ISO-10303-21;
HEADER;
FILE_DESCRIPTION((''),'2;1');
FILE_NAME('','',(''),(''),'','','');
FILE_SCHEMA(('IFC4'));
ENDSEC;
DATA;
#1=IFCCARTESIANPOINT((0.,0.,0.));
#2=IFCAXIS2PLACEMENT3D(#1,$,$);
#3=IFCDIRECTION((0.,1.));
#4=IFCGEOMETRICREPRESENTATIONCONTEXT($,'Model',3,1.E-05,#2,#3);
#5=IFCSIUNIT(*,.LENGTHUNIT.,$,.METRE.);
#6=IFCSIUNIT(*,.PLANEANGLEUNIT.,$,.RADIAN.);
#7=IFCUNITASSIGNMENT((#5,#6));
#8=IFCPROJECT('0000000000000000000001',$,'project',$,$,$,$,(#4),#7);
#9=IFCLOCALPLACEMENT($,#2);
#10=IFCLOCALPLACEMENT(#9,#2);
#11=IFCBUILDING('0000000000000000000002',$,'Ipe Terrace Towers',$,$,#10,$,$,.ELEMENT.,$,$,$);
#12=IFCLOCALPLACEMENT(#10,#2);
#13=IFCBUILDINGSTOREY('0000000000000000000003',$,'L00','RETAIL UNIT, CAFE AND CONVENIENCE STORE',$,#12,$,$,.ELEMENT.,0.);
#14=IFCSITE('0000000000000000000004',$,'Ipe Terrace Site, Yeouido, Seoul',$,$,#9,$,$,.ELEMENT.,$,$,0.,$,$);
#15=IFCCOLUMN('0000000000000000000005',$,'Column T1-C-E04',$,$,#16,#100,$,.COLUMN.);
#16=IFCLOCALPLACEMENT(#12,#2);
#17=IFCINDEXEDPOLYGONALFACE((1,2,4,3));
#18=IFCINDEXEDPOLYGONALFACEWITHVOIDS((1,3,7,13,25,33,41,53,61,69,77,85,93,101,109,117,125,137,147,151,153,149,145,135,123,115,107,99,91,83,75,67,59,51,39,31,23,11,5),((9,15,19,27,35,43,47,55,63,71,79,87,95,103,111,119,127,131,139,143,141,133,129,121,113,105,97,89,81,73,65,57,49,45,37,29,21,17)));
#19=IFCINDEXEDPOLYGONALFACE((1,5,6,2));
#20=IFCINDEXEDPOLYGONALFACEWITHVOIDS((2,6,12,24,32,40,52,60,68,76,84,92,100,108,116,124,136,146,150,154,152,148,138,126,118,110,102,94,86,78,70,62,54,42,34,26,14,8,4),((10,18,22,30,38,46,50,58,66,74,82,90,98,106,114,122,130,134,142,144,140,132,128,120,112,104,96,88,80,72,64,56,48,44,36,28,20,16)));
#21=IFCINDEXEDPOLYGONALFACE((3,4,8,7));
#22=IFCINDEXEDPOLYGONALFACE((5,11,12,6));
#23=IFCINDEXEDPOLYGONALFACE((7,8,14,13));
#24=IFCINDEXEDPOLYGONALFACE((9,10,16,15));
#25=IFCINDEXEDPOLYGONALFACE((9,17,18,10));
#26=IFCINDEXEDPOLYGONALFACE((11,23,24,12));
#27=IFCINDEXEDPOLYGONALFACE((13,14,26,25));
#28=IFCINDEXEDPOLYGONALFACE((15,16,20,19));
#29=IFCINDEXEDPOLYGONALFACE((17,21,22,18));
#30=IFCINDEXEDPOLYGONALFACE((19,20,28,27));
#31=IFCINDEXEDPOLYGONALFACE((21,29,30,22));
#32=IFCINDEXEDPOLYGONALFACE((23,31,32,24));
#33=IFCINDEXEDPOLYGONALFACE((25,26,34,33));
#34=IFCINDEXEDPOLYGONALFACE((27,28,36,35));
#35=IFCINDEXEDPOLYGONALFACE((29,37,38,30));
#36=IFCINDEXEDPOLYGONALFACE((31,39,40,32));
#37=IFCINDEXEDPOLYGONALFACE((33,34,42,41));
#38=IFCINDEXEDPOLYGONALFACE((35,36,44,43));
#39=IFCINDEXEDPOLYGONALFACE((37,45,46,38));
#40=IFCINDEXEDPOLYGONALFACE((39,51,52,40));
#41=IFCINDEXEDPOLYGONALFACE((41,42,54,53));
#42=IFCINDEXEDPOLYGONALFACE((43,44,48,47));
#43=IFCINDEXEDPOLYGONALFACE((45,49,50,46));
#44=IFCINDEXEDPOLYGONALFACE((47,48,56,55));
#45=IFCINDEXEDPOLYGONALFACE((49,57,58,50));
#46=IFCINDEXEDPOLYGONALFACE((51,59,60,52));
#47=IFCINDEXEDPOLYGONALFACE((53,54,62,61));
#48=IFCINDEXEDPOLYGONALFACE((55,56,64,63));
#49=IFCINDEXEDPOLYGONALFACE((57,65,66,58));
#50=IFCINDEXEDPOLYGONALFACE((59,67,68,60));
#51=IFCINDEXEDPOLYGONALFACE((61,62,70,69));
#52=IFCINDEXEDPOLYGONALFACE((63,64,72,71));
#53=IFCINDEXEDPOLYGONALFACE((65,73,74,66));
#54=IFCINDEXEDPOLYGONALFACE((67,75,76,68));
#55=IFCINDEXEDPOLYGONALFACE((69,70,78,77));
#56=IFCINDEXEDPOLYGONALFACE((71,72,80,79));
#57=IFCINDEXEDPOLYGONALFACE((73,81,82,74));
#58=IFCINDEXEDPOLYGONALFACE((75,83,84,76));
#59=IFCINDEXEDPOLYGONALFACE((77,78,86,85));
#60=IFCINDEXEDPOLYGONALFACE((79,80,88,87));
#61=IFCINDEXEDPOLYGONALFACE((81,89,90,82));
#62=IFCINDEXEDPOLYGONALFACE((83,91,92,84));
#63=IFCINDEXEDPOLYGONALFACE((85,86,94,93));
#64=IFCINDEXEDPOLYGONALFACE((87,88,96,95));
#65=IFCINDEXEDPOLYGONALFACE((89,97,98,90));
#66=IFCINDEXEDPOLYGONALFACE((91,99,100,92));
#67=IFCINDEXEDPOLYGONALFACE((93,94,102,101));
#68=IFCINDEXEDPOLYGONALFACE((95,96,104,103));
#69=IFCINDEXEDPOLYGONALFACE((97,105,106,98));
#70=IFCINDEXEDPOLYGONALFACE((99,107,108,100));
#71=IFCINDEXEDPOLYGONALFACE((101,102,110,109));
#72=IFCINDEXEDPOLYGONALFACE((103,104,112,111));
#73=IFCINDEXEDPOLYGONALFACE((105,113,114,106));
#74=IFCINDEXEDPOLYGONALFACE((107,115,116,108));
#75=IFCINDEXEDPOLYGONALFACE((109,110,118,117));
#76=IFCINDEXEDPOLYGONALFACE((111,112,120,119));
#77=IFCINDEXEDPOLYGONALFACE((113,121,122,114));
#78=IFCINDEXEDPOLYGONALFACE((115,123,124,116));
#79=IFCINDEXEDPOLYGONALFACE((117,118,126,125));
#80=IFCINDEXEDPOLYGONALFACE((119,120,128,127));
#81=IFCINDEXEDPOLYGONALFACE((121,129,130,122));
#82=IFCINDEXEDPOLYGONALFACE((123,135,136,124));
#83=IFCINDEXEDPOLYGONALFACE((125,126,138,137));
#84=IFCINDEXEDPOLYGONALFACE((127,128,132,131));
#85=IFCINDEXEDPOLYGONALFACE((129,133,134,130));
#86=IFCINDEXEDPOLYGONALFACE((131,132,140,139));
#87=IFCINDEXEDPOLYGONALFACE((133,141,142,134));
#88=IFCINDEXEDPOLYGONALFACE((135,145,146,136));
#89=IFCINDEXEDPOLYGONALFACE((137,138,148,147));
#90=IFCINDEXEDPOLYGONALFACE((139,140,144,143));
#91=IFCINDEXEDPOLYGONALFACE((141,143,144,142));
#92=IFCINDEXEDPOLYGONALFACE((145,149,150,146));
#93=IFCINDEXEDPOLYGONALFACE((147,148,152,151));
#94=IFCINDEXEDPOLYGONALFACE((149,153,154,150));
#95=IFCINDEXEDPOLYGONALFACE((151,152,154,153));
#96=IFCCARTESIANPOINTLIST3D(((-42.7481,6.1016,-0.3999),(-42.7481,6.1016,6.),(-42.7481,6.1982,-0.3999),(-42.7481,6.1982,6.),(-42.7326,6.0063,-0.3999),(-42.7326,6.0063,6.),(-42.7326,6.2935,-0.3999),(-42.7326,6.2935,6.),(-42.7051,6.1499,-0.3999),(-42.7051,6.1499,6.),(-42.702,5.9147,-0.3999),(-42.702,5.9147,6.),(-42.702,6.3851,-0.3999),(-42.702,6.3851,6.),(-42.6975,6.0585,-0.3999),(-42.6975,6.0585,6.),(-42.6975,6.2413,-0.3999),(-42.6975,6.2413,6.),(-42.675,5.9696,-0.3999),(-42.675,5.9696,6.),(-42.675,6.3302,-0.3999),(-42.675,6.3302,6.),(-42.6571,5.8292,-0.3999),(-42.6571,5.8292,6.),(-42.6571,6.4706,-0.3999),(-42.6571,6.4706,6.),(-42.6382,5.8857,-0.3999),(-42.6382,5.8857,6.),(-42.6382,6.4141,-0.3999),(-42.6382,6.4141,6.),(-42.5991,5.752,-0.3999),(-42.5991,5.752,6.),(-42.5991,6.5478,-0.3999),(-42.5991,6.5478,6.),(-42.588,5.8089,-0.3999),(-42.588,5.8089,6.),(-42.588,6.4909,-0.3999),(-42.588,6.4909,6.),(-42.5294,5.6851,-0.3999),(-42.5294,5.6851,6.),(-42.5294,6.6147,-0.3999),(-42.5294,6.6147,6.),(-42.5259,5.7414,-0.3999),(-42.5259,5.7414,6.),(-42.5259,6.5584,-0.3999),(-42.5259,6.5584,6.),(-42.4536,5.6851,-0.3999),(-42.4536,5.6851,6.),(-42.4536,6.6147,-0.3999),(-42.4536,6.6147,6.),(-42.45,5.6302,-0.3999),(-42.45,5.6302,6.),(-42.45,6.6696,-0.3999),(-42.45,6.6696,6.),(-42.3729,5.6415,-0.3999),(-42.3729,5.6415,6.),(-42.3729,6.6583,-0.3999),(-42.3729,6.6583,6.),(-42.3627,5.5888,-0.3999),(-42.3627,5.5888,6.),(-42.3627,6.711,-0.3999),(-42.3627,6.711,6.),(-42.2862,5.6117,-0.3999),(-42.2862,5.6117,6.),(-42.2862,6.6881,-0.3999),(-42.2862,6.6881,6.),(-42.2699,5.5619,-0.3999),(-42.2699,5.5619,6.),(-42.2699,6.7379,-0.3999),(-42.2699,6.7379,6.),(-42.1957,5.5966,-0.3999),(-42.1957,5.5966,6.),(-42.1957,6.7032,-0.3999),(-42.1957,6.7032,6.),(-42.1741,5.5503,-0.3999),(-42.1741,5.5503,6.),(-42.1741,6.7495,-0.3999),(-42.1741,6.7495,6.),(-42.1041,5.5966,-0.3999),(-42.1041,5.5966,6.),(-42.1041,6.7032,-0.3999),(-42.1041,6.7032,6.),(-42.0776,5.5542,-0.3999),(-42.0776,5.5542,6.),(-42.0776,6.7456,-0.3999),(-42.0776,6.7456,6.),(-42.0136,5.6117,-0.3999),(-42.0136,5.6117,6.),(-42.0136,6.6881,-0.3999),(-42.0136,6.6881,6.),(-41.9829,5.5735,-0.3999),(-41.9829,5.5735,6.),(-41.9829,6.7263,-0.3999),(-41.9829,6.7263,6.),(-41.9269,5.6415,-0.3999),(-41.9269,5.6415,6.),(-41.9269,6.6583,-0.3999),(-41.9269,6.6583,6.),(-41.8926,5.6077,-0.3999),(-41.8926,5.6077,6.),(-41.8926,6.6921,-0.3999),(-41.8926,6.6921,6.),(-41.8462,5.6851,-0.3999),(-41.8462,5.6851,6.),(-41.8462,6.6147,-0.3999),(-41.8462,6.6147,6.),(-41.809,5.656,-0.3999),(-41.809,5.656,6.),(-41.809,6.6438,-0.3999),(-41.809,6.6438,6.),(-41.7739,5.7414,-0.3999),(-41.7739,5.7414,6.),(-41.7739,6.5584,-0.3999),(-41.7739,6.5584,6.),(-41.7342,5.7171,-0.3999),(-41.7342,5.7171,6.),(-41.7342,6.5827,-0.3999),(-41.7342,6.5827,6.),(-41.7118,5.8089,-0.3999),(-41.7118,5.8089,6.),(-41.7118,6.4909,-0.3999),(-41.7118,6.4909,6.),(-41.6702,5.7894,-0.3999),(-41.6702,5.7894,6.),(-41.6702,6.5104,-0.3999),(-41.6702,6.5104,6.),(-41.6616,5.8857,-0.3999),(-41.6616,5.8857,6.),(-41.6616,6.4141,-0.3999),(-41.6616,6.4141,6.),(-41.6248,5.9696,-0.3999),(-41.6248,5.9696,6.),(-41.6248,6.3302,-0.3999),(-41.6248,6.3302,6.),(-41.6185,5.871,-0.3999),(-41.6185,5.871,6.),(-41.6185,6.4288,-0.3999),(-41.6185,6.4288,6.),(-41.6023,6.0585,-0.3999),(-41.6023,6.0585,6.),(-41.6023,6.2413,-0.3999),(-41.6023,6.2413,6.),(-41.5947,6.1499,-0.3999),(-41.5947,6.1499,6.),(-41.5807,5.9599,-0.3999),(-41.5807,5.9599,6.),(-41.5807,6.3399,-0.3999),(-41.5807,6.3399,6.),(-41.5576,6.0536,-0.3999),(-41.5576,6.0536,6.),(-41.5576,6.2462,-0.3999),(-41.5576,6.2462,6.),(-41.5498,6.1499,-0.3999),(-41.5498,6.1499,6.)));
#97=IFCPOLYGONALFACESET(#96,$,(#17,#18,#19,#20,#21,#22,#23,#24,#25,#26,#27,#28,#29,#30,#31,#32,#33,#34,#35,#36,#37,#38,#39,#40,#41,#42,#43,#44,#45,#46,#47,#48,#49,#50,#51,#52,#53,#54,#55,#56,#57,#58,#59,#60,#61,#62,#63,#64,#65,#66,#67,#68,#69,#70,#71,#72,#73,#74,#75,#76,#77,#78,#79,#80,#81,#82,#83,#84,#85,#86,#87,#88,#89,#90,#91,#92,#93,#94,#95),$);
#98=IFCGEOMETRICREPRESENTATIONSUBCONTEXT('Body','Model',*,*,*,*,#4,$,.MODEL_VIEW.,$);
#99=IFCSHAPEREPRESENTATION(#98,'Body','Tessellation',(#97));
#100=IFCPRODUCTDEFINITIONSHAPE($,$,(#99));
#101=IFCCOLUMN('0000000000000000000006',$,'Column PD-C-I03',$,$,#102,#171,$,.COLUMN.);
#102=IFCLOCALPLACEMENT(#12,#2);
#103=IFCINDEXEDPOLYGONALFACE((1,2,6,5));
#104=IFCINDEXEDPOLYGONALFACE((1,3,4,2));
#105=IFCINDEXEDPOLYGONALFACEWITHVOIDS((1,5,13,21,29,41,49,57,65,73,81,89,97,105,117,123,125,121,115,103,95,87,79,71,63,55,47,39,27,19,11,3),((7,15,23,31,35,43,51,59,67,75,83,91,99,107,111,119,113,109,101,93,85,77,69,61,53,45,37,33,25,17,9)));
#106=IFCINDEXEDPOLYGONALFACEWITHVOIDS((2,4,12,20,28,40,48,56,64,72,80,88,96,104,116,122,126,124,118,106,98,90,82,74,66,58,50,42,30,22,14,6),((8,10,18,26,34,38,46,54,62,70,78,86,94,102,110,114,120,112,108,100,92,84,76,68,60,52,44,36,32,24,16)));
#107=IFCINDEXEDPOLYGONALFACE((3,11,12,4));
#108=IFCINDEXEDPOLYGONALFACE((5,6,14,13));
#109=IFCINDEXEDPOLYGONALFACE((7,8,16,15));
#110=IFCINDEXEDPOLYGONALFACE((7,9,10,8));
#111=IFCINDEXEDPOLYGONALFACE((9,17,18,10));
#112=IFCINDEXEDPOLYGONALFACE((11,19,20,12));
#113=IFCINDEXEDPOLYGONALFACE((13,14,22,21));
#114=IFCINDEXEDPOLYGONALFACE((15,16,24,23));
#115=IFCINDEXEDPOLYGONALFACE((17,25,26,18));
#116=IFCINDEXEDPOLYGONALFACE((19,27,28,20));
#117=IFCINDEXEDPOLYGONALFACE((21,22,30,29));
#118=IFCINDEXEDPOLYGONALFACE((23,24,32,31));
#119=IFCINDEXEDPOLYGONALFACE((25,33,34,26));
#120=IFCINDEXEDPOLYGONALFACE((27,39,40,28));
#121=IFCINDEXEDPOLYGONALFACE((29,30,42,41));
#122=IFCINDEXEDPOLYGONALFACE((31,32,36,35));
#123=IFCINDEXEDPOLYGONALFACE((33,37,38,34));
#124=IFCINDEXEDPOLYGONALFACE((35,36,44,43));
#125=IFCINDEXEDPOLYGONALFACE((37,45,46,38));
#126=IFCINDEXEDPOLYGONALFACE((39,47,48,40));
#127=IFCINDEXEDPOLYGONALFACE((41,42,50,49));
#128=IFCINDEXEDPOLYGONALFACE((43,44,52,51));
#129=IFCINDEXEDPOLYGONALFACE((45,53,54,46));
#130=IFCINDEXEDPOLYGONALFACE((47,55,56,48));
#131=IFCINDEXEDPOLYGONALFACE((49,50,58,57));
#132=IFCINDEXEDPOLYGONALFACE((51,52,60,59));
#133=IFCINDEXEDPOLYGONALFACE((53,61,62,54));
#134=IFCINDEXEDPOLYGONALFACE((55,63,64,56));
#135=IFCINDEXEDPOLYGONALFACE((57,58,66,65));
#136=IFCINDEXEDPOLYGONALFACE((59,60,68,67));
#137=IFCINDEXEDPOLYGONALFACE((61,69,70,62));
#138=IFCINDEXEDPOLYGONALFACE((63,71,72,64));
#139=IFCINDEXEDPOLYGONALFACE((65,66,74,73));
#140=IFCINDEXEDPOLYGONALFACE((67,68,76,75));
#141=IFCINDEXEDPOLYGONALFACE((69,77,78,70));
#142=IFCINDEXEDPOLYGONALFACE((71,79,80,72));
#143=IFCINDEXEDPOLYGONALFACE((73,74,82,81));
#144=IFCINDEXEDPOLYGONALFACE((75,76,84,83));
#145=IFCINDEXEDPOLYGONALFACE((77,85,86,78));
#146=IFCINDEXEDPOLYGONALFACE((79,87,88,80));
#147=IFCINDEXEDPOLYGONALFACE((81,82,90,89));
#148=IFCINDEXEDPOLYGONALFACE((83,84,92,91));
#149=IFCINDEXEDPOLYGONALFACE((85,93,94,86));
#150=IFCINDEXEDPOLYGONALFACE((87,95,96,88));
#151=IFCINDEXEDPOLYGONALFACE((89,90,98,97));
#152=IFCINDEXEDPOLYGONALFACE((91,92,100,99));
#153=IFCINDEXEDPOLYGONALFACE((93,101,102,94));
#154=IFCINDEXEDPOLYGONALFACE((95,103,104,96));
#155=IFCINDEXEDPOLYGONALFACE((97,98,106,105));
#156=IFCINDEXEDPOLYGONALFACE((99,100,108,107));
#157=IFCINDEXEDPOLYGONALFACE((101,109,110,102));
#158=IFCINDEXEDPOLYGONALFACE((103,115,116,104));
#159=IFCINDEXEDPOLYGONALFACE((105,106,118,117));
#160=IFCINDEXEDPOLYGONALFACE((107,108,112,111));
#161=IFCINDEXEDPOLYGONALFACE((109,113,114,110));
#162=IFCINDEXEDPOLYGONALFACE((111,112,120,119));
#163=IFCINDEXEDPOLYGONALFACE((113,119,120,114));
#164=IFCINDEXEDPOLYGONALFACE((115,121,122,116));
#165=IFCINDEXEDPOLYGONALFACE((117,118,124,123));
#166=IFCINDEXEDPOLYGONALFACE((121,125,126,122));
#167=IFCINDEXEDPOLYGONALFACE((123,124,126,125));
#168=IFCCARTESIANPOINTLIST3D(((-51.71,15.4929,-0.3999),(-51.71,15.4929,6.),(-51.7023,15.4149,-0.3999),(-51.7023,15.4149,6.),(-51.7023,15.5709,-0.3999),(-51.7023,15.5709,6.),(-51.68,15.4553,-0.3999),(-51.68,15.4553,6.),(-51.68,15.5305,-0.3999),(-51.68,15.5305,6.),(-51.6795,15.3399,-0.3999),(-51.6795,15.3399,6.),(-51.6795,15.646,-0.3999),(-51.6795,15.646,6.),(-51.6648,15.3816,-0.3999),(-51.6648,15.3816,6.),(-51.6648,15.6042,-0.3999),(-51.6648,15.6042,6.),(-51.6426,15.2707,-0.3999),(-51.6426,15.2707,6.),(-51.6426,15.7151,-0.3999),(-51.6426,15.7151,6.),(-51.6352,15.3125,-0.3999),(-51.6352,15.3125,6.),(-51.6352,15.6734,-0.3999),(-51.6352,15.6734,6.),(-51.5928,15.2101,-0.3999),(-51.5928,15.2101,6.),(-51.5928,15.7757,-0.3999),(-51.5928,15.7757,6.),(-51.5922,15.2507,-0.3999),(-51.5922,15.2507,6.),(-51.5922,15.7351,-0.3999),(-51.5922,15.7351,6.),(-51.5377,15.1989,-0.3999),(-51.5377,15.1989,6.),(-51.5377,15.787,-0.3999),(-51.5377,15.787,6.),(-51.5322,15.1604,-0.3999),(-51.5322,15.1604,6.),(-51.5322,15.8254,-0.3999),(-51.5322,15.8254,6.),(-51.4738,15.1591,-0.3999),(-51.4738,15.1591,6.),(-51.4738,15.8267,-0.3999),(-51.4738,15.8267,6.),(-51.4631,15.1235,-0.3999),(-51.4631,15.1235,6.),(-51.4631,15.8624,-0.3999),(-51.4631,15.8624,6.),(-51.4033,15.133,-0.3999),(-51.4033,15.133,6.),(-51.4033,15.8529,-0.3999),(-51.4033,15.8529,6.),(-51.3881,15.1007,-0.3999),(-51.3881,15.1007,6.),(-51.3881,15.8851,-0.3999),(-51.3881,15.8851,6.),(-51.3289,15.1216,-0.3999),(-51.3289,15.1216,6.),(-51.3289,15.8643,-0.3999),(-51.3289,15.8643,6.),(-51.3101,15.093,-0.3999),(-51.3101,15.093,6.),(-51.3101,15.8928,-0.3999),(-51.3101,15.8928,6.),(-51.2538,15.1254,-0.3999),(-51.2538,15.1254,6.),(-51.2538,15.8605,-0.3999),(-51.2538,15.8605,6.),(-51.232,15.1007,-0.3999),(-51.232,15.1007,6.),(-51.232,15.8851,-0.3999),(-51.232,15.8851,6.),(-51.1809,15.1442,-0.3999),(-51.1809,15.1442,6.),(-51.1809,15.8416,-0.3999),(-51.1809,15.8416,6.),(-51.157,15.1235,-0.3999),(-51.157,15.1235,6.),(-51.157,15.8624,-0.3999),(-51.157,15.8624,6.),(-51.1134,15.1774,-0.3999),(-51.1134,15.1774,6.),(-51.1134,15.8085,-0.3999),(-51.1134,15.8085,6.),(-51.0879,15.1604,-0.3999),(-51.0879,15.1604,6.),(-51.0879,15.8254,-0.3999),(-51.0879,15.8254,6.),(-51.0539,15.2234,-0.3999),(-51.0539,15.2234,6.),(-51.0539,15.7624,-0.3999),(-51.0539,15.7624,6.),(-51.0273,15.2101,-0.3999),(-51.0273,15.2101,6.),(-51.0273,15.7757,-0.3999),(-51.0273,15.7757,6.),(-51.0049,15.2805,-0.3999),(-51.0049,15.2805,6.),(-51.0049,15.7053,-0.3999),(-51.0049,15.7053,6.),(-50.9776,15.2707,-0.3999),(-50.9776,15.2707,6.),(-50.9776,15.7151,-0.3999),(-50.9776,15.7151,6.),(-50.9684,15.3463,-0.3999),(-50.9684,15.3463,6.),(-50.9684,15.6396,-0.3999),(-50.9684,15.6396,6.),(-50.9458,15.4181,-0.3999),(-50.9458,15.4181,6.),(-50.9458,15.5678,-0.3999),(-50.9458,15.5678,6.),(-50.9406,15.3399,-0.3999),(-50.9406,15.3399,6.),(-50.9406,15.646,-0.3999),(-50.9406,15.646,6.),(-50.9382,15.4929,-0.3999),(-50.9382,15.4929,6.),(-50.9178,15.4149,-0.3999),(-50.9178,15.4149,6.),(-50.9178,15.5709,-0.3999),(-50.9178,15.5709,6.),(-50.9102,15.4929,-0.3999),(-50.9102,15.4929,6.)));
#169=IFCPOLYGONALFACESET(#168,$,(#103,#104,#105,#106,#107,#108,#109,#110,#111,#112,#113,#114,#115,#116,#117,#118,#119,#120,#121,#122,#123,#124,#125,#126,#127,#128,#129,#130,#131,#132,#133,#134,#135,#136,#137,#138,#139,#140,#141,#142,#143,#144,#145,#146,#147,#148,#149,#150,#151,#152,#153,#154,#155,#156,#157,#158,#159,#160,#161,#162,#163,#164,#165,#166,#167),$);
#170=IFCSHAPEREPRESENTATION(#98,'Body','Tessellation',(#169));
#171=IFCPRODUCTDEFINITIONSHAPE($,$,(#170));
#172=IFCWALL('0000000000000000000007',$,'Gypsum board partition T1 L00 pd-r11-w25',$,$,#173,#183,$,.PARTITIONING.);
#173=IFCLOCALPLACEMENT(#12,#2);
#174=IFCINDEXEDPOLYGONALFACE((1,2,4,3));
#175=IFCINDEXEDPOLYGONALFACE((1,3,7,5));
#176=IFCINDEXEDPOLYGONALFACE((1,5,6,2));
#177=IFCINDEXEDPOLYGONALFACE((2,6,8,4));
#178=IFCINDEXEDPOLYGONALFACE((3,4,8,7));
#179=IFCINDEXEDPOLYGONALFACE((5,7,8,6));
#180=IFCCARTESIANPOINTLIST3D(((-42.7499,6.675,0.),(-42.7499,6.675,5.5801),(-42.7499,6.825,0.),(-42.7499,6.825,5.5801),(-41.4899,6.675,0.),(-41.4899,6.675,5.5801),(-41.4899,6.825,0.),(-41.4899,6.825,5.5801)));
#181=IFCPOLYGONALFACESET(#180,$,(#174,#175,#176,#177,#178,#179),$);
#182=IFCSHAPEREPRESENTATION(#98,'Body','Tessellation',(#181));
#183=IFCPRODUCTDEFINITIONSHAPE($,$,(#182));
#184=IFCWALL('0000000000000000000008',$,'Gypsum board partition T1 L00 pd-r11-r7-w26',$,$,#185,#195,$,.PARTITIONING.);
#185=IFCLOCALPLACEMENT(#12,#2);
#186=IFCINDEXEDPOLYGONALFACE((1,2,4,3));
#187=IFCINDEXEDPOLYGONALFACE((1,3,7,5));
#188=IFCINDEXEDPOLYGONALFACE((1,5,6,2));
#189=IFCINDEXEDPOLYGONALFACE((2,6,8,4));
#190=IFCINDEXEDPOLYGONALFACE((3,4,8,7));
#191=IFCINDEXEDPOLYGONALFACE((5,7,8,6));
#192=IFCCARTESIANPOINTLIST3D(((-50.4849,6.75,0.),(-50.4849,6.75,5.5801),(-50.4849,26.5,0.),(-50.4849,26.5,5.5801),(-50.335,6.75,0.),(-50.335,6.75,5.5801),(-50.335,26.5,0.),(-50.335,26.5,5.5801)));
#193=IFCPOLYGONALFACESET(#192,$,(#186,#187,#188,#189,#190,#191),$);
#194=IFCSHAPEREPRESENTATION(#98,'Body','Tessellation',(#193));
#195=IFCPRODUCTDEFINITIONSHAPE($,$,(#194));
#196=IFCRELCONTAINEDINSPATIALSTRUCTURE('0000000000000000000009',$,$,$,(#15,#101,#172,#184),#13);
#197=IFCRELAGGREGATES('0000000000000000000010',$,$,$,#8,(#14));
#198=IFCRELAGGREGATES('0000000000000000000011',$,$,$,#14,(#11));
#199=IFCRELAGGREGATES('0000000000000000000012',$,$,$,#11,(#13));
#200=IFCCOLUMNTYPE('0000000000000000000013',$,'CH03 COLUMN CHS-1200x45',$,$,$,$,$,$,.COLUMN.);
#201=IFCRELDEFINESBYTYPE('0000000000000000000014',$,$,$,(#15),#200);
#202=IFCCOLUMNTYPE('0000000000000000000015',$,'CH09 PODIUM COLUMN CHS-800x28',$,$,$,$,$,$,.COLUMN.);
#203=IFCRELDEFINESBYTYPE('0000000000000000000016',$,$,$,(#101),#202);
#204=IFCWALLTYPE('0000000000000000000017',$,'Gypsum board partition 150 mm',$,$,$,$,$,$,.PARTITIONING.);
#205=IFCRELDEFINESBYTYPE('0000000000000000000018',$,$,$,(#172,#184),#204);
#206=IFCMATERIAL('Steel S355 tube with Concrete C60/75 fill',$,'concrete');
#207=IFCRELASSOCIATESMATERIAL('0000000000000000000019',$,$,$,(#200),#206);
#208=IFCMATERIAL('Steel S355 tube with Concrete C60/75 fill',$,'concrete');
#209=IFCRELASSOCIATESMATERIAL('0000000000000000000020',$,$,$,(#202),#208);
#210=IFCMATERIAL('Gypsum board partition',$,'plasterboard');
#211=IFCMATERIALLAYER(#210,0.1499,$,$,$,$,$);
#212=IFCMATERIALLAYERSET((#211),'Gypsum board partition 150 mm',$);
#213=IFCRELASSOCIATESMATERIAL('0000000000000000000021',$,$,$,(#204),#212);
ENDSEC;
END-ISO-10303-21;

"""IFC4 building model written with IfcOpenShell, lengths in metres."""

from ifc_helpers import new_model, si_unit, direction, frame, frame_2d, origin, origin_2d, place, context, subcontext, project, spatial, rectangle, hollow_circle, extrude, material, layer, layer_set, material_profile, profile_set, type_object, element, save


model = new_model("IFC4")

# Units and contexts
model_context = context("Model", 3, precision=1e-05, world=origin(), true_north=direction((0.0, 1.0)))
body_context = subcontext(model_context, "Body", "Model", "MODEL_VIEW")
ifc_project = project(units=[si_unit("LENGTHUNIT", "METRE"), si_unit("PLANEANGLEUNIT", "RADIAN")], contexts=[model_context])

# Site, building, storey
site_placement = place(None, origin())
site = spatial("IfcSite", under=ifc_project, at=site_placement, Name="Ipe Terrace Site, Yeouido, Seoul", CompositionType="ELEMENT", RefElevation=0.0)
building_placement = place(site_placement, origin())
building = spatial("IfcBuilding", under=site, at=building_placement, Name="Ipe Terrace Towers", CompositionType="ELEMENT")
storey_placement = place(building_placement, origin())
storey = spatial("IfcBuildingStorey", under=building, at=storey_placement, Name="L00", Description="RETAIL UNIT, CAFE AND CONVENIENCE STORE", CompositionType="ELEMENT", Elevation=0.0)

# Columns
ifc_material_1 = material(Name="Steel S355 tube with Concrete C60/75 fill", Category="concrete")
ifc_material_profile_1 = material_profile(ifc_material_1, hollow_circle(Radius=0.6001, WallThickness=0.0449, at=origin_2d()), Name="CHS-1200x45")
ifc_profile_set_1 = profile_set([ifc_material_profile_1], Name="Steel S355 tube with Concrete C60/75 fill")
column_type_1 = type_object("IfcColumnType", Name="CH03 COLUMN CHS-1200x45", PredefinedType="COLUMN", material=ifc_profile_set_1)
column_1_placement = place(storey_placement, frame((-42.1499, 6.1499, -0.3999), z_axis=(0.0, 0.0, 1.0), x_axis=(1.0, 0.0, 0.0)))
element("IfcColumn", 1, at=column_1_placement, inside=storey, type_object=column_type_1, Name="Column T1-C-E04", PredefinedType="COLUMN", context=body_context, shape_type="SweptSolid", body=[
    extrude(hollow_circle(Radius=0.6001, WallThickness=0.0449, at=origin_2d()), origin(), (0.0, 0.0, 1.0), 6.3999),
])
ifc_material_2 = material(Name="Steel S355 tube with Concrete C60/75 fill", Category="concrete")
ifc_material_profile_2 = material_profile(ifc_material_2, hollow_circle(Radius=0.3999, WallThickness=0.0281, at=origin_2d()), Name="CHS-800x28")
ifc_profile_set_2 = profile_set([ifc_material_profile_2], Name="Steel S355 tube with Concrete C60/75 fill")
column_type_2 = type_object("IfcColumnType", Name="CH09 PODIUM COLUMN CHS-800x28", PredefinedType="COLUMN", material=ifc_profile_set_2)
column_2_placement = place(storey_placement, frame((-51.3101, 15.4929, -0.3999), z_axis=(0.0, 0.0, 1.0), x_axis=(1.0, 0.0, 0.0)))
element("IfcColumn", 2, at=column_2_placement, inside=storey, type_object=column_type_2, Name="Column PD-C-I03", PredefinedType="COLUMN", context=body_context, shape_type="SweptSolid", body=[
    extrude(hollow_circle(Radius=0.3999, WallThickness=0.0281, at=origin_2d()), origin(), (0.0, 0.0, 1.0), 6.3999),
])

# Walls
ifc_material_3 = material(Name="Gypsum board partition", Category="plasterboard")
ifc_layer_1 = layer(ifc_material_3, 0.1499)
ifc_layer_set_1 = layer_set([ifc_layer_1], Name="Gypsum board partition 150 mm")
wall_type_1 = type_object("IfcWallType", Name="Gypsum board partition 150 mm", PredefinedType="PARTITIONING", material=ifc_layer_set_1)
wall_1_placement = place(storey_placement, frame((-41.49, 6.75, 0.0), z_axis=(0.0, 0.0, 1.0), x_axis=(-1.0, 0.0, 0.0)))
element("IfcWall", 3, at=wall_1_placement, inside=storey, type_object=wall_type_1, Name="Gypsum board partition T1 L00 pd-r11-w25", PredefinedType="PARTITIONING", context=body_context, shape_type="SweptSolid", body=[
    extrude(rectangle(XDim=1.26, YDim=0.1499, at=frame_2d((0.6299, 0.0))), origin(), (0.0, 0.0, 1.0), 5.5801),
])
wall_2_placement = place(storey_placement, frame((-50.4099, 6.75, 0.0), z_axis=(0.0, 0.0, 1.0), x_axis=(0.0, 1.0, 0.0)))
element("IfcWall", 4, at=wall_2_placement, inside=storey, type_object=wall_type_1, Name="Gypsum board partition T1 L00 pd-r11-r7-w26", PredefinedType="PARTITIONING", context=body_context, shape_type="SweptSolid", body=[
    extrude(rectangle(XDim=19.75, YDim=0.1499, at=frame_2d((9.875, 0.0))), origin(), (0.0, 0.0, 1.0), 5.5801),
])

save(model, "model.ifc")
